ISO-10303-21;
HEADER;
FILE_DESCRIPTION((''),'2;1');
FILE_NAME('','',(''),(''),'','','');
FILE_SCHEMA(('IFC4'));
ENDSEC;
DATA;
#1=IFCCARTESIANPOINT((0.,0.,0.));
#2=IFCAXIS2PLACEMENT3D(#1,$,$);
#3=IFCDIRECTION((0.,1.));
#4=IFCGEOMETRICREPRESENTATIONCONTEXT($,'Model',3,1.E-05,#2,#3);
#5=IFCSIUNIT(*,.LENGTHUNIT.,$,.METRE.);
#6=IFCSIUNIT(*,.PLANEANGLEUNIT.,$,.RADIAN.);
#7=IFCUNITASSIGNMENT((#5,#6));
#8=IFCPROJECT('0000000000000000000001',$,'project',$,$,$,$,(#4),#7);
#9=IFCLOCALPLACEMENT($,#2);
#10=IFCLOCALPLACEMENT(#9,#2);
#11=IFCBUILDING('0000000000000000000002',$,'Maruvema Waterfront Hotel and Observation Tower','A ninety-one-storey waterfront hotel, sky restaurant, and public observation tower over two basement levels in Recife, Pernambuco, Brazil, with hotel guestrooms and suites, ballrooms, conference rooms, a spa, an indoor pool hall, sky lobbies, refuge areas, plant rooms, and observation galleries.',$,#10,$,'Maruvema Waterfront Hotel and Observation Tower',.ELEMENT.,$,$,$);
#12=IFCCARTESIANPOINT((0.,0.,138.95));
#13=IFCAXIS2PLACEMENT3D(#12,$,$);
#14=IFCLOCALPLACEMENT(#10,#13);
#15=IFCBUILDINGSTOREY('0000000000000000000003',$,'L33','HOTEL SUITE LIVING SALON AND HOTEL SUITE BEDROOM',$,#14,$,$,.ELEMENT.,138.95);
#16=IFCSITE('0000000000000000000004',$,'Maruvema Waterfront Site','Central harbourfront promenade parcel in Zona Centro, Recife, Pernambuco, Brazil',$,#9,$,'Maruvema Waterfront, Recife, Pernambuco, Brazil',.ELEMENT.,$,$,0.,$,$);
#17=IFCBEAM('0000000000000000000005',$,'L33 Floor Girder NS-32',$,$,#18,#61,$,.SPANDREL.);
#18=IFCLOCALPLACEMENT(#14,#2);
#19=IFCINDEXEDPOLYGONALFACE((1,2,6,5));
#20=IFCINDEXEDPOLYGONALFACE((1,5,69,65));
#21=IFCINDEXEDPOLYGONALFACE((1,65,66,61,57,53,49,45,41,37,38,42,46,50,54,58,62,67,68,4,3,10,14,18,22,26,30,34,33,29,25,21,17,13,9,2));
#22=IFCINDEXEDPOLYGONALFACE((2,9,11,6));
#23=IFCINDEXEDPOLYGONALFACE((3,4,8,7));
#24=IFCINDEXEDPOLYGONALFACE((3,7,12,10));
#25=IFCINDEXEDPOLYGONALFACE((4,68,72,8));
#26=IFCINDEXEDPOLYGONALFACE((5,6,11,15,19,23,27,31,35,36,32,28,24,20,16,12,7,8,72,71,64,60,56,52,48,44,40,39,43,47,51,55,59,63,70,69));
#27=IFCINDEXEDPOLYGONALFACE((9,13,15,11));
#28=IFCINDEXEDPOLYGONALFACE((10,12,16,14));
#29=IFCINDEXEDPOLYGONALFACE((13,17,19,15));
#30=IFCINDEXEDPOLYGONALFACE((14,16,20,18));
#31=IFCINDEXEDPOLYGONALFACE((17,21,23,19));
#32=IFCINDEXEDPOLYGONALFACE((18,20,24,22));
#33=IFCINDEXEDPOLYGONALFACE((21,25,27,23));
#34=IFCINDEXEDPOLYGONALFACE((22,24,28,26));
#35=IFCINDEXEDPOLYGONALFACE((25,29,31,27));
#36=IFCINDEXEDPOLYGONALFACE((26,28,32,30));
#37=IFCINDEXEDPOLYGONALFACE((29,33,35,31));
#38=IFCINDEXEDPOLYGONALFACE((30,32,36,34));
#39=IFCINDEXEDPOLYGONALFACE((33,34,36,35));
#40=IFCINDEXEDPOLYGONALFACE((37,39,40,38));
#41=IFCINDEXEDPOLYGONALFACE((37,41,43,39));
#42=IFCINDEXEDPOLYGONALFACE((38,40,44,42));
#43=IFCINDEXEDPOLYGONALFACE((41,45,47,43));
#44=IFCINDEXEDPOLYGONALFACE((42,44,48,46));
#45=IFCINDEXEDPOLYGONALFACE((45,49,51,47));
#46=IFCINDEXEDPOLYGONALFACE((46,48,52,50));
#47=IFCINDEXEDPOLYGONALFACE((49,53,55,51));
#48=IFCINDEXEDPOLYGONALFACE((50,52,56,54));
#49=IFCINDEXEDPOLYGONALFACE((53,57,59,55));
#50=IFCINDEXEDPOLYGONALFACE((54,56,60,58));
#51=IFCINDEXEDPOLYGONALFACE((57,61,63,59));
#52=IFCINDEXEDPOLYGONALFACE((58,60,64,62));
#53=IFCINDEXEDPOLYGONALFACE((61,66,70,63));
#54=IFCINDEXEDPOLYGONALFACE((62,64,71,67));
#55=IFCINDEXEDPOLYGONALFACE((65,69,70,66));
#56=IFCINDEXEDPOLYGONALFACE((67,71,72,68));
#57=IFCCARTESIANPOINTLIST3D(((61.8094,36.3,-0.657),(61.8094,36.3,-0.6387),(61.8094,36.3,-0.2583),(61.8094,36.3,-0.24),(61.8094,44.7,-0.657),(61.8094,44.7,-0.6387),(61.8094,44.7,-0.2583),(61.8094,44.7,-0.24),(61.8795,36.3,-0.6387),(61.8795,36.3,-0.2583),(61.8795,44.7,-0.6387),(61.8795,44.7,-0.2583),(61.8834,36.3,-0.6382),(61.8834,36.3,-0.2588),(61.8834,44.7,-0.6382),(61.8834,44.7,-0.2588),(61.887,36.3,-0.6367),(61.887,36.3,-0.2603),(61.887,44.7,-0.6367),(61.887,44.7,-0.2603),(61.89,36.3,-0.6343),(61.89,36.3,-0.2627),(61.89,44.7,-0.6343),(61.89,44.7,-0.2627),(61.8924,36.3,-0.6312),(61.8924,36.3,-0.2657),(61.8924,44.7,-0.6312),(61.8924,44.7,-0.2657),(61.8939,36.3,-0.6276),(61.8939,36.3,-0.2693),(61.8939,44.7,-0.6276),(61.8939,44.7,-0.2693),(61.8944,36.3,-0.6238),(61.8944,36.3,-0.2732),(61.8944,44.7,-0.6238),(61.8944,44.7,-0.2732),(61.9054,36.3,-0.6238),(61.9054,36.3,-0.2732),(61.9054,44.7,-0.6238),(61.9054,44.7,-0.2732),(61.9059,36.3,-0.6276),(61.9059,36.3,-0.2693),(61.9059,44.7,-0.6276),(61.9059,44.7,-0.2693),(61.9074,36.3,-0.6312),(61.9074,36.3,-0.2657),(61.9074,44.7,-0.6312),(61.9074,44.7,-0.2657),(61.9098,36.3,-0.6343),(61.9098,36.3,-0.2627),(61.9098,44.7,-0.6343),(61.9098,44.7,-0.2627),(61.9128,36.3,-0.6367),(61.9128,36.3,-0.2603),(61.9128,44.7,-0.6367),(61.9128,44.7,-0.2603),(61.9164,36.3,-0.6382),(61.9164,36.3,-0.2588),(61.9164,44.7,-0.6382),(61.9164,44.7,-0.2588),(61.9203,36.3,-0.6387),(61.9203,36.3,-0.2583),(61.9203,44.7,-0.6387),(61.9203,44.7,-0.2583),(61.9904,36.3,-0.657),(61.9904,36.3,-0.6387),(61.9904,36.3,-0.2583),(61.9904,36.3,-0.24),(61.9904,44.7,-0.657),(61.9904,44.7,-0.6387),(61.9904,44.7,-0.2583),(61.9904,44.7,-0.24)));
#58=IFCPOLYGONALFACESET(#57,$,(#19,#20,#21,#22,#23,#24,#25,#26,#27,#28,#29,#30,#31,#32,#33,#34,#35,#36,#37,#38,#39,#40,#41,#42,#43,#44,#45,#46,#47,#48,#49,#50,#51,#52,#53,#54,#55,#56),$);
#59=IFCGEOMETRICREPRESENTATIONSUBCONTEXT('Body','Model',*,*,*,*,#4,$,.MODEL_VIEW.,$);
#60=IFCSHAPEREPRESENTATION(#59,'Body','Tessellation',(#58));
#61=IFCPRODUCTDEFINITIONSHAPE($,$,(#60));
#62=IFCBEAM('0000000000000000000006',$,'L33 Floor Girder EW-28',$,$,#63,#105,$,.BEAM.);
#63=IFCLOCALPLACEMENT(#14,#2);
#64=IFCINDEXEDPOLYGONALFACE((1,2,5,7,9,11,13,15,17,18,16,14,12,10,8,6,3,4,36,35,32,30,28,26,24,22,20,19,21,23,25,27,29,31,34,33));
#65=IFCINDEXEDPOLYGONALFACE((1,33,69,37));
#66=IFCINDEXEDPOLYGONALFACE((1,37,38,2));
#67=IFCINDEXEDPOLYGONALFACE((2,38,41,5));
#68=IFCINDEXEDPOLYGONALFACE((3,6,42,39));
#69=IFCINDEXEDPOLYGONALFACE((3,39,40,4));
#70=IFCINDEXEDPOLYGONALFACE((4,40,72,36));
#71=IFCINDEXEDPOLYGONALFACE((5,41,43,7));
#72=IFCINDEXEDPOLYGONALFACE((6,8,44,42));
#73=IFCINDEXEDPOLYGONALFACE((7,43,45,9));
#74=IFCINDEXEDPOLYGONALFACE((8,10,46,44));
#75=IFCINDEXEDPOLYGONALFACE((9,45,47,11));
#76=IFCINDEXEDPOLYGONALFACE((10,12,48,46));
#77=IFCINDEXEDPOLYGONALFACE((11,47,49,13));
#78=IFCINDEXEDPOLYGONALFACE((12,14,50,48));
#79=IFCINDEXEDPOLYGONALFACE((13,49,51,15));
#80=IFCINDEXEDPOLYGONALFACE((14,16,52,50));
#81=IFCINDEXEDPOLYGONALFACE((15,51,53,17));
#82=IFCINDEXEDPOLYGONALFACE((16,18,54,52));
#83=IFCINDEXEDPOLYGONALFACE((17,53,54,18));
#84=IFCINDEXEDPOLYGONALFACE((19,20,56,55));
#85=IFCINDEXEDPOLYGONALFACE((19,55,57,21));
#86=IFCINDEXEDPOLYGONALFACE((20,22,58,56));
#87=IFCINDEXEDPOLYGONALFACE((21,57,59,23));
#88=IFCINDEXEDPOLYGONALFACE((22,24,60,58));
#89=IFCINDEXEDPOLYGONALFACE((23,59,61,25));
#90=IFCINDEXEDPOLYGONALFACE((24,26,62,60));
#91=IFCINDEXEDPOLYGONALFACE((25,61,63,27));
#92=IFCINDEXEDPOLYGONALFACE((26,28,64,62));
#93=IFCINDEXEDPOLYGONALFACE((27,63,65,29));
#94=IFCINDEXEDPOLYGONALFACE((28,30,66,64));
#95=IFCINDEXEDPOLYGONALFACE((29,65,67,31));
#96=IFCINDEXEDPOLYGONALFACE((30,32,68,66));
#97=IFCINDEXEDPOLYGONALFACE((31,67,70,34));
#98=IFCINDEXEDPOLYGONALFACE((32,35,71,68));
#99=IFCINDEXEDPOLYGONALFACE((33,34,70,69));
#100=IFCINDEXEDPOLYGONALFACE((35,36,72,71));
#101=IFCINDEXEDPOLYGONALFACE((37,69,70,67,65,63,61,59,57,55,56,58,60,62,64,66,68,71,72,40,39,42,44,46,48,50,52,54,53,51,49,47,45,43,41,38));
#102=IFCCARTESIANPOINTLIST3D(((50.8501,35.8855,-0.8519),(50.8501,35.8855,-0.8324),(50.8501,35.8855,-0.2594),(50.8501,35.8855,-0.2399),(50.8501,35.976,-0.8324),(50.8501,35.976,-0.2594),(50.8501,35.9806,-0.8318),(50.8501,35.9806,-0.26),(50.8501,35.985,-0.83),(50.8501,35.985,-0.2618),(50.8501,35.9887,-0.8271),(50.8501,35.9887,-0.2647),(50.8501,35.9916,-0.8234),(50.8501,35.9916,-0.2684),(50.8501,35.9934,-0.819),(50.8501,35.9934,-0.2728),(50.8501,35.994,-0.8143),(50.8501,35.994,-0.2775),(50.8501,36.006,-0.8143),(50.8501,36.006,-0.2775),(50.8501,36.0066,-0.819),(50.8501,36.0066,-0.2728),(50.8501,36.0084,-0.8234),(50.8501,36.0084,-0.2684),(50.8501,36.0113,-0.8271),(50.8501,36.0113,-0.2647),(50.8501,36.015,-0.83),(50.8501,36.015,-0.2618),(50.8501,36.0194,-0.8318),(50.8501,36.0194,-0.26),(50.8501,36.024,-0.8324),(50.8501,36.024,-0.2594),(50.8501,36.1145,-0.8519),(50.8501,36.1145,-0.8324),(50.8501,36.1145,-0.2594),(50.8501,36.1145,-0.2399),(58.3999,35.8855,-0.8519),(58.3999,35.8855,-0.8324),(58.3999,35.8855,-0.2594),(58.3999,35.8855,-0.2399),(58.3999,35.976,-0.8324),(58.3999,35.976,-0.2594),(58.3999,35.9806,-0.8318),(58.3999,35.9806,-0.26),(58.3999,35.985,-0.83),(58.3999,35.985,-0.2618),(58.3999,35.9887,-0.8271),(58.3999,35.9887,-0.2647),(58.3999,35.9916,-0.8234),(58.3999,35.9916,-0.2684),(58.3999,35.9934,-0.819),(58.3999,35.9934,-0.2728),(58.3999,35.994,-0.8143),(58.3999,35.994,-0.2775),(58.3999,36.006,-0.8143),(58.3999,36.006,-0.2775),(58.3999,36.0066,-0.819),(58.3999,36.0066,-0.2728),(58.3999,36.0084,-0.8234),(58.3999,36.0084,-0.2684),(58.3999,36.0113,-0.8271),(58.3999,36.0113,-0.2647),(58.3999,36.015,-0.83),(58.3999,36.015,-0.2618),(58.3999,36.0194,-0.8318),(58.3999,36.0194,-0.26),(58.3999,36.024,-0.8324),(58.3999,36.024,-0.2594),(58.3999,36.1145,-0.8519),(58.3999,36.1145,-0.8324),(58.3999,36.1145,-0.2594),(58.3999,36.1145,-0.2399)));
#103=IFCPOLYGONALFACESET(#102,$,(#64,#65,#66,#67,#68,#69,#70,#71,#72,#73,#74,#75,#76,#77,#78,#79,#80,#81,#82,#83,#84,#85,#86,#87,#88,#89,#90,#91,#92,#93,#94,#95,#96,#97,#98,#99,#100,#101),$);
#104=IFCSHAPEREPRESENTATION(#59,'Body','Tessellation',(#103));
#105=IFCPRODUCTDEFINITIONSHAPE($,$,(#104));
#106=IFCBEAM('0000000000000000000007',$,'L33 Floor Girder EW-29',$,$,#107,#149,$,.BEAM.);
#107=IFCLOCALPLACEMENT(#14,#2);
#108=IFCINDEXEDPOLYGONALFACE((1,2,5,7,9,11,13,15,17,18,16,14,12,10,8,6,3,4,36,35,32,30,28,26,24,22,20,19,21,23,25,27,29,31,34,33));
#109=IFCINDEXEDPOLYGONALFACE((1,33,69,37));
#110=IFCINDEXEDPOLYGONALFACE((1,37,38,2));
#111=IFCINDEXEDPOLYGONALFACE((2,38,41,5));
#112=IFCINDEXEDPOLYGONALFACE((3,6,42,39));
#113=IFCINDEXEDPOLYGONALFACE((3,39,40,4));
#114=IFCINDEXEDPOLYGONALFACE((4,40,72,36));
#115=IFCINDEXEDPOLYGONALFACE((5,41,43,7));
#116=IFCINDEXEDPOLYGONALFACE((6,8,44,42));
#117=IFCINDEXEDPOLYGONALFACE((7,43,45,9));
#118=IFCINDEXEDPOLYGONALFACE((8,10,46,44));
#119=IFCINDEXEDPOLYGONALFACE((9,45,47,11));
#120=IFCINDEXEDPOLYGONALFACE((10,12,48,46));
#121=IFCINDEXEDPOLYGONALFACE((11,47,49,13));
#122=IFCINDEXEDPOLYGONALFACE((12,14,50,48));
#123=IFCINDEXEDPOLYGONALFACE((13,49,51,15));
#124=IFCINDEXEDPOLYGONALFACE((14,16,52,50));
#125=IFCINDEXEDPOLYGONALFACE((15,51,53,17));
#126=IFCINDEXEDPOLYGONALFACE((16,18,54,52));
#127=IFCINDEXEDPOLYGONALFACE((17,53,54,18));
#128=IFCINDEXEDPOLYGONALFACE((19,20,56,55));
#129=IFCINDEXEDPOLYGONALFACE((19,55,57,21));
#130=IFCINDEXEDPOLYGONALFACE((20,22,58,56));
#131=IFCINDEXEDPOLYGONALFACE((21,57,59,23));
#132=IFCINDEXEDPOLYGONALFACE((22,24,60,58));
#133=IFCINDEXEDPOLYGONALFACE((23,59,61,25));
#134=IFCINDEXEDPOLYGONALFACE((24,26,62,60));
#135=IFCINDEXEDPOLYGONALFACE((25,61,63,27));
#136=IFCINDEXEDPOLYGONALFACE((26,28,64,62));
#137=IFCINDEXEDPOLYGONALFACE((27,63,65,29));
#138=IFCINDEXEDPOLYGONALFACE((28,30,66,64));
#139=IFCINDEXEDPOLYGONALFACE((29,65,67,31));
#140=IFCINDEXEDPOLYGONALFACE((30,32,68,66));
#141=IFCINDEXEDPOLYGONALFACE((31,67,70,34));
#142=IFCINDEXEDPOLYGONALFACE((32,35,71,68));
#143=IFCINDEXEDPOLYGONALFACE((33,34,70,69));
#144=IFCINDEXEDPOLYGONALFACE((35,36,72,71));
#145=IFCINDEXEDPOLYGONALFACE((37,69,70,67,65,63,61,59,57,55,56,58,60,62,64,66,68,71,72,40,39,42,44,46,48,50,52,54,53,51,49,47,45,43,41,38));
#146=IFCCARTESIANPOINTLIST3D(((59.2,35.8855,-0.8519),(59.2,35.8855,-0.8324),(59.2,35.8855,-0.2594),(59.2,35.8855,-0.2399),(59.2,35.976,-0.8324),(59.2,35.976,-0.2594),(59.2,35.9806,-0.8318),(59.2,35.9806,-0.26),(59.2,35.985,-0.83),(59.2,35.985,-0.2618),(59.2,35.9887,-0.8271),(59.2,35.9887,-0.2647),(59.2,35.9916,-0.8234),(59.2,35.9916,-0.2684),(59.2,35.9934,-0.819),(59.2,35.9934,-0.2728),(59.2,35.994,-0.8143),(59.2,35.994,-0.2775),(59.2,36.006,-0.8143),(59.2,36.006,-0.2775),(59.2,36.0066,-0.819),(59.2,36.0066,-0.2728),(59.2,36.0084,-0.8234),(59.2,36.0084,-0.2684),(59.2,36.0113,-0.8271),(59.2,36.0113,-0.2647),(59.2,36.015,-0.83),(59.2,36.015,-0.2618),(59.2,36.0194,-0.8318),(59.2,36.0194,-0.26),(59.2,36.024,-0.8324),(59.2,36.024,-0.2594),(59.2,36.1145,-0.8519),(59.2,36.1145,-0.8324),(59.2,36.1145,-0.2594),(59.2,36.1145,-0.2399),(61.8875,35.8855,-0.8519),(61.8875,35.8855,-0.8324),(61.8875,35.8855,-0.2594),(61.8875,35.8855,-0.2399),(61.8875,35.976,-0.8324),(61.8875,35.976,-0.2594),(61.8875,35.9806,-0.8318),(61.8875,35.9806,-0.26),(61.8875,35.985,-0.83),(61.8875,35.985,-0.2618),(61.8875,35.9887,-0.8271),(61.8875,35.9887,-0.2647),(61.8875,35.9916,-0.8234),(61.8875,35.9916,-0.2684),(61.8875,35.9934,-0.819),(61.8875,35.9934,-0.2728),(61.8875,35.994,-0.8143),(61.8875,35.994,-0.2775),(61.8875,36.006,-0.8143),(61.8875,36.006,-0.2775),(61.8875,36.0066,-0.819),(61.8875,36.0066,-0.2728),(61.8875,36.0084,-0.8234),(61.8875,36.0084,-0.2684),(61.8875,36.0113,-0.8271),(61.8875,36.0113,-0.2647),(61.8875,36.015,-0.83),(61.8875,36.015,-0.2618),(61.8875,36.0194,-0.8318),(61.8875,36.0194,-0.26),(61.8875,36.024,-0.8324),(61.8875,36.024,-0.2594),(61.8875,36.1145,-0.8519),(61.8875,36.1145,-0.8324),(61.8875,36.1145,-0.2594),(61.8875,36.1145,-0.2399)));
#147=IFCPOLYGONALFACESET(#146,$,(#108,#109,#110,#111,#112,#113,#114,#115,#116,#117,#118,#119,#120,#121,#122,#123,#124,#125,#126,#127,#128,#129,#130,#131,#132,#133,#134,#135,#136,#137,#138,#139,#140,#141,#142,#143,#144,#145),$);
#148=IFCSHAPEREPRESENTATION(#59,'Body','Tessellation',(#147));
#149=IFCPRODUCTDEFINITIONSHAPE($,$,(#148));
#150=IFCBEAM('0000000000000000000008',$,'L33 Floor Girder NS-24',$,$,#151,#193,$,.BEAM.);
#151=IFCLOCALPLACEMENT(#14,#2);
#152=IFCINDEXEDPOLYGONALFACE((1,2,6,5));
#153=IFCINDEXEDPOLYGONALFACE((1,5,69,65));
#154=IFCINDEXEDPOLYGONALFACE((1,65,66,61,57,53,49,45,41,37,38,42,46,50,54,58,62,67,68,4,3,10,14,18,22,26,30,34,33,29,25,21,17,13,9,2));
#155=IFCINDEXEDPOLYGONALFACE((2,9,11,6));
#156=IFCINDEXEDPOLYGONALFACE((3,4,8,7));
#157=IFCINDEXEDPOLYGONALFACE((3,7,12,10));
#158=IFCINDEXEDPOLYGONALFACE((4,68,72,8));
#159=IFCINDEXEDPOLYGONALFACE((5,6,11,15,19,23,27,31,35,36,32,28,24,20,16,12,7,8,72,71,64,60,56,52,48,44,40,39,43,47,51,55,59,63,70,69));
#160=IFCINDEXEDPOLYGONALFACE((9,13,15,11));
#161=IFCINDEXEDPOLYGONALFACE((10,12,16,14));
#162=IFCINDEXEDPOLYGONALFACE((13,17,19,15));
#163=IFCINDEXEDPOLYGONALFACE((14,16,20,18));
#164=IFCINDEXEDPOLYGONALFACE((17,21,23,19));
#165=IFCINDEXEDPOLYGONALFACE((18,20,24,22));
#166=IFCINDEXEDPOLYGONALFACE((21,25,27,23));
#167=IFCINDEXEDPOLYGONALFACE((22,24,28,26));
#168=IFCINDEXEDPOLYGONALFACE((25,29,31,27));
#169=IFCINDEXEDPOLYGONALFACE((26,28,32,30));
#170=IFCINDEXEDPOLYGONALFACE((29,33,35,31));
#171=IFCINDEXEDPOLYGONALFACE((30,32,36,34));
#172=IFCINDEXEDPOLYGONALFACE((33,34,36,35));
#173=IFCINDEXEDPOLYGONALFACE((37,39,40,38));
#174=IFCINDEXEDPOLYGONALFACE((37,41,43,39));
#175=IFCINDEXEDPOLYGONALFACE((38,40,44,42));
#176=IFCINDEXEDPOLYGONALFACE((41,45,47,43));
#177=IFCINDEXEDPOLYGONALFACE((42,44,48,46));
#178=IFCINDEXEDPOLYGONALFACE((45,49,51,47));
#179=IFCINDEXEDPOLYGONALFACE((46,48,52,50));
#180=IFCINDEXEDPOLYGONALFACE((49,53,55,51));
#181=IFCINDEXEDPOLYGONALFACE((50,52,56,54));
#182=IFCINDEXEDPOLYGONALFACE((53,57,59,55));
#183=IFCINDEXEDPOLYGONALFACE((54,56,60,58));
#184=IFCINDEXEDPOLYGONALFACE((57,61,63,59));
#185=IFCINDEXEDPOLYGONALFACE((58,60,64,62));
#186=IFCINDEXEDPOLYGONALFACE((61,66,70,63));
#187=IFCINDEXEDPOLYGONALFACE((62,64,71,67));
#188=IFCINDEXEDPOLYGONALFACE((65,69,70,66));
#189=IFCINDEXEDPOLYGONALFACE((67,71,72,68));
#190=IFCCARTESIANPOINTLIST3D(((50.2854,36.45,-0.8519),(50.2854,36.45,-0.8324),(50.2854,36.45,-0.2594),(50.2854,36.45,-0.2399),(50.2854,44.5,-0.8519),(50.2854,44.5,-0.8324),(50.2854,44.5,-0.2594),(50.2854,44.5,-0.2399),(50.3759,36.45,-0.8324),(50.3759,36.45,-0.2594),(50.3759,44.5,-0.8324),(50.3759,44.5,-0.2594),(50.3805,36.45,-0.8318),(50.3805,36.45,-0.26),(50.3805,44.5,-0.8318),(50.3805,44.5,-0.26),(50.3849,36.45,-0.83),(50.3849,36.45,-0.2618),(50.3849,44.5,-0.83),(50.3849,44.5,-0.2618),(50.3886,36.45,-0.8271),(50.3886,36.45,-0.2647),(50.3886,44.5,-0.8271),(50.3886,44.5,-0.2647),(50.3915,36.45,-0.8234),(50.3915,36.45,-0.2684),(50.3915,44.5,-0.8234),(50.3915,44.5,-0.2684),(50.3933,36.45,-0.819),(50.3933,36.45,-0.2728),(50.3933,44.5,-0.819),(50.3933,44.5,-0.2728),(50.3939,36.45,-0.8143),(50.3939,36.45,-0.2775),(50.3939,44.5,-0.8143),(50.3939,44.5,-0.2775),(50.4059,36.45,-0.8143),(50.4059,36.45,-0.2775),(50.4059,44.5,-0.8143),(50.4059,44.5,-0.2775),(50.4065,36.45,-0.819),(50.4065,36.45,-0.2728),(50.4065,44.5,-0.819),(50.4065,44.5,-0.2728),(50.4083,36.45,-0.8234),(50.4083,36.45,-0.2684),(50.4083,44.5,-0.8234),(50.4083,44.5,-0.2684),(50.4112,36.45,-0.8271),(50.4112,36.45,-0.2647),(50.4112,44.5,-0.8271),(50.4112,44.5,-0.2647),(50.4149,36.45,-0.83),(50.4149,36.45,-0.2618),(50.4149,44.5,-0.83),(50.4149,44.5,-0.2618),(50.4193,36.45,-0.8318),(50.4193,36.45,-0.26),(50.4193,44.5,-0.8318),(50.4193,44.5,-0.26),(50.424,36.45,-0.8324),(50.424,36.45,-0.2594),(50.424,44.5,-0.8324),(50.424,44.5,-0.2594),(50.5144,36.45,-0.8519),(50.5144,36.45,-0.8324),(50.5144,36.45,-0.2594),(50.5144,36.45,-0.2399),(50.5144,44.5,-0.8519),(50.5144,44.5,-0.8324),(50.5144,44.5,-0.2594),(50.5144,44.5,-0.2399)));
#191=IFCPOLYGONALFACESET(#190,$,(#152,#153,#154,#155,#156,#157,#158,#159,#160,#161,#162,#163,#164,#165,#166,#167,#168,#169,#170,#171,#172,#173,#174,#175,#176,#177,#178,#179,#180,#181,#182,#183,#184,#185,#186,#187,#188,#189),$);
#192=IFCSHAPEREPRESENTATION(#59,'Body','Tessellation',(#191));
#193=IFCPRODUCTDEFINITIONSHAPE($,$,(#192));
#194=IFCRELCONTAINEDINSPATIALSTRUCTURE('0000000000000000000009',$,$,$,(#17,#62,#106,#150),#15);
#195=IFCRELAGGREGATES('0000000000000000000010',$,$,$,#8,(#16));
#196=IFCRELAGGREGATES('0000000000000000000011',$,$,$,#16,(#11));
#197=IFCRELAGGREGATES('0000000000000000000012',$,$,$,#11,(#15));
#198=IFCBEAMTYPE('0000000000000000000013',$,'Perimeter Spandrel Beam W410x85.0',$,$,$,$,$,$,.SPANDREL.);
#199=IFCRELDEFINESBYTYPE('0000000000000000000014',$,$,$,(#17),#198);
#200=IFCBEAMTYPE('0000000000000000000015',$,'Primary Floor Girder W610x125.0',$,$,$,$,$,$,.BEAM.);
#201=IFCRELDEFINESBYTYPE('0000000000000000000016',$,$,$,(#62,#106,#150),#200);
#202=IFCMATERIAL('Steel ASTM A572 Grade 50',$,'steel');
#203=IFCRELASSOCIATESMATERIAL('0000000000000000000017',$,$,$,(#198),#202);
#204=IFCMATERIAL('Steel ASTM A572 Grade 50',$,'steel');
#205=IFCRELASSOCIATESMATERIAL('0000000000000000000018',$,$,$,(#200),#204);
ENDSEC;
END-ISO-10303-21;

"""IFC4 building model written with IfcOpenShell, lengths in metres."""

from ifc_helpers import new_model, si_unit, direction, frame, origin, origin_2d, place, context, subcontext, project, spatial, i_section, extrude, material, material_profile, profile_set, type_object, element, save


model = new_model("IFC4")

# Units and contexts
model_context = context("Model", 3, precision=1e-05, world=origin(), true_north=direction((0.0, 1.0)))
body_context = subcontext(model_context, "Body", "Model", "MODEL_VIEW")
ifc_project = project(units=[si_unit("LENGTHUNIT", "METRE"), si_unit("PLANEANGLEUNIT", "RADIAN")], contexts=[model_context])

# Site, building, storey
site_placement = place(None, origin())
site = spatial("IfcSite", under=ifc_project, at=site_placement, Name="Maruvema Waterfront Site", Description="Central harbourfront promenade parcel in Zona Centro, Recife, Pernambuco, Brazil", LongName="Maruvema Waterfront, Recife, Pernambuco, Brazil", CompositionType="ELEMENT", RefElevation=0.0)
building_placement = place(site_placement, origin())
building = spatial("IfcBuilding", under=site, at=building_placement, Name="Maruvema Waterfront Hotel and Observation Tower", Description="A ninety-one-storey waterfront hotel, sky restaurant, and public observation tower over two basement levels in Recife, Pernambuco, Brazil, with hotel guestrooms and suites, ballrooms, conference rooms, a spa, an indoor pool hall, sky lobbies, refuge areas, plant rooms, and observation galleries.", LongName="Maruvema Waterfront Hotel and Observation Tower", CompositionType="ELEMENT")
storey_placement = place(building_placement, frame((0.0, 0.0, 138.95)))
storey = spatial("IfcBuildingStorey", under=building, at=storey_placement, Name="L33", Description="HOTEL SUITE LIVING SALON AND HOTEL SUITE BEDROOM", CompositionType="ELEMENT", Elevation=138.95)

# Beams
ifc_material_1 = material(Name="Steel ASTM A572 Grade 50", Category="steel")
ifc_material_profile_1 = material_profile(ifc_material_1, i_section(OverallWidth=0.1809, OverallDepth=0.417, WebThickness=0.011, FlangeThickness=0.0183, FilletRadius=0.0149, at=origin_2d()), Name="W410x85.0")
ifc_profile_set_1 = profile_set([ifc_material_profile_1], Name="Steel ASTM A572 Grade 50")
beam_type_1 = type_object("IfcBeamType", Name="Perimeter Spandrel Beam W410x85.0", PredefinedType="SPANDREL", material=ifc_profile_set_1)
beam_1_placement = place(storey_placement, frame((61.8999, 36.3, -0.4485), z_axis=(0.0, 1.0, 0.0), x_axis=(-1.0, 0.0, 0.0)))
element("IfcBeam", 1, at=beam_1_placement, inside=storey, type_object=beam_type_1, Name="L33 Floor Girder NS-32", PredefinedType="SPANDREL", context=body_context, shape_type="SweptSolid", body=[
    extrude(i_section(OverallWidth=0.1809, OverallDepth=0.417, WebThickness=0.011, FlangeThickness=0.0183, FilletRadius=0.0149, at=origin_2d()), origin(), (0.0, 0.0, 1.0), 8.3999),
])
ifc_material_2 = material(Name="Steel ASTM A572 Grade 50", Category="steel")
ifc_material_profile_2 = material_profile(ifc_material_2, i_section(OverallWidth=0.229, OverallDepth=0.6121, WebThickness=0.012, FlangeThickness=0.0195, FilletRadius=0.0181, at=origin_2d()), Name="W610x125.0")
ifc_profile_set_2 = profile_set([ifc_material_profile_2], Name="Steel ASTM A572 Grade 50")
beam_type_2 = type_object("IfcBeamType", Name="Primary Floor Girder W610x125.0", PredefinedType="BEAM", material=ifc_profile_set_2)
beam_2_placement = place(storey_placement, frame((50.8501, 36.0, -0.5459), z_axis=(1.0, 0.0, 0.0), x_axis=(0.0, 1.0, 0.0)))
element("IfcBeam", 2, at=beam_2_placement, inside=storey, type_object=beam_type_2, Name="L33 Floor Girder EW-28", PredefinedType="BEAM", context=body_context, shape_type="SweptSolid", body=[
    extrude(i_section(OverallWidth=0.229, OverallDepth=0.6121, WebThickness=0.012, FlangeThickness=0.0195, FilletRadius=0.0181, at=origin_2d()), origin(), (0.0, 0.0, 1.0), 7.5498),
])
beam_3_placement = place(storey_placement, frame((59.2, 36.0, -0.5459), z_axis=(1.0, 0.0, 0.0), x_axis=(0.0, 1.0, 0.0)))
element("IfcBeam", 3, at=beam_3_placement, inside=storey, type_object=beam_type_2, Name="L33 Floor Girder EW-29", PredefinedType="BEAM", context=body_context, shape_type="SweptSolid", body=[
    extrude(i_section(OverallWidth=0.229, OverallDepth=0.6121, WebThickness=0.012, FlangeThickness=0.0195, FilletRadius=0.0181, at=origin_2d()), origin(), (0.0, 0.0, 1.0), 2.6875),
])
beam_4_placement = place(storey_placement, frame((50.3999, 36.45, -0.5459), z_axis=(0.0, 1.0, 0.0), x_axis=(-1.0, 0.0, 0.0)))
element("IfcBeam", 4, at=beam_4_placement, inside=storey, type_object=beam_type_2, Name="L33 Floor Girder NS-24", PredefinedType="BEAM", context=body_context, shape_type="SweptSolid", body=[
    extrude(i_section(OverallWidth=0.229, OverallDepth=0.6121, WebThickness=0.012, FlangeThickness=0.0195, FilletRadius=0.0181, at=origin_2d()), origin(), (0.0, 0.0, 1.0), 8.05),
])

save(model, "model.ifc")
